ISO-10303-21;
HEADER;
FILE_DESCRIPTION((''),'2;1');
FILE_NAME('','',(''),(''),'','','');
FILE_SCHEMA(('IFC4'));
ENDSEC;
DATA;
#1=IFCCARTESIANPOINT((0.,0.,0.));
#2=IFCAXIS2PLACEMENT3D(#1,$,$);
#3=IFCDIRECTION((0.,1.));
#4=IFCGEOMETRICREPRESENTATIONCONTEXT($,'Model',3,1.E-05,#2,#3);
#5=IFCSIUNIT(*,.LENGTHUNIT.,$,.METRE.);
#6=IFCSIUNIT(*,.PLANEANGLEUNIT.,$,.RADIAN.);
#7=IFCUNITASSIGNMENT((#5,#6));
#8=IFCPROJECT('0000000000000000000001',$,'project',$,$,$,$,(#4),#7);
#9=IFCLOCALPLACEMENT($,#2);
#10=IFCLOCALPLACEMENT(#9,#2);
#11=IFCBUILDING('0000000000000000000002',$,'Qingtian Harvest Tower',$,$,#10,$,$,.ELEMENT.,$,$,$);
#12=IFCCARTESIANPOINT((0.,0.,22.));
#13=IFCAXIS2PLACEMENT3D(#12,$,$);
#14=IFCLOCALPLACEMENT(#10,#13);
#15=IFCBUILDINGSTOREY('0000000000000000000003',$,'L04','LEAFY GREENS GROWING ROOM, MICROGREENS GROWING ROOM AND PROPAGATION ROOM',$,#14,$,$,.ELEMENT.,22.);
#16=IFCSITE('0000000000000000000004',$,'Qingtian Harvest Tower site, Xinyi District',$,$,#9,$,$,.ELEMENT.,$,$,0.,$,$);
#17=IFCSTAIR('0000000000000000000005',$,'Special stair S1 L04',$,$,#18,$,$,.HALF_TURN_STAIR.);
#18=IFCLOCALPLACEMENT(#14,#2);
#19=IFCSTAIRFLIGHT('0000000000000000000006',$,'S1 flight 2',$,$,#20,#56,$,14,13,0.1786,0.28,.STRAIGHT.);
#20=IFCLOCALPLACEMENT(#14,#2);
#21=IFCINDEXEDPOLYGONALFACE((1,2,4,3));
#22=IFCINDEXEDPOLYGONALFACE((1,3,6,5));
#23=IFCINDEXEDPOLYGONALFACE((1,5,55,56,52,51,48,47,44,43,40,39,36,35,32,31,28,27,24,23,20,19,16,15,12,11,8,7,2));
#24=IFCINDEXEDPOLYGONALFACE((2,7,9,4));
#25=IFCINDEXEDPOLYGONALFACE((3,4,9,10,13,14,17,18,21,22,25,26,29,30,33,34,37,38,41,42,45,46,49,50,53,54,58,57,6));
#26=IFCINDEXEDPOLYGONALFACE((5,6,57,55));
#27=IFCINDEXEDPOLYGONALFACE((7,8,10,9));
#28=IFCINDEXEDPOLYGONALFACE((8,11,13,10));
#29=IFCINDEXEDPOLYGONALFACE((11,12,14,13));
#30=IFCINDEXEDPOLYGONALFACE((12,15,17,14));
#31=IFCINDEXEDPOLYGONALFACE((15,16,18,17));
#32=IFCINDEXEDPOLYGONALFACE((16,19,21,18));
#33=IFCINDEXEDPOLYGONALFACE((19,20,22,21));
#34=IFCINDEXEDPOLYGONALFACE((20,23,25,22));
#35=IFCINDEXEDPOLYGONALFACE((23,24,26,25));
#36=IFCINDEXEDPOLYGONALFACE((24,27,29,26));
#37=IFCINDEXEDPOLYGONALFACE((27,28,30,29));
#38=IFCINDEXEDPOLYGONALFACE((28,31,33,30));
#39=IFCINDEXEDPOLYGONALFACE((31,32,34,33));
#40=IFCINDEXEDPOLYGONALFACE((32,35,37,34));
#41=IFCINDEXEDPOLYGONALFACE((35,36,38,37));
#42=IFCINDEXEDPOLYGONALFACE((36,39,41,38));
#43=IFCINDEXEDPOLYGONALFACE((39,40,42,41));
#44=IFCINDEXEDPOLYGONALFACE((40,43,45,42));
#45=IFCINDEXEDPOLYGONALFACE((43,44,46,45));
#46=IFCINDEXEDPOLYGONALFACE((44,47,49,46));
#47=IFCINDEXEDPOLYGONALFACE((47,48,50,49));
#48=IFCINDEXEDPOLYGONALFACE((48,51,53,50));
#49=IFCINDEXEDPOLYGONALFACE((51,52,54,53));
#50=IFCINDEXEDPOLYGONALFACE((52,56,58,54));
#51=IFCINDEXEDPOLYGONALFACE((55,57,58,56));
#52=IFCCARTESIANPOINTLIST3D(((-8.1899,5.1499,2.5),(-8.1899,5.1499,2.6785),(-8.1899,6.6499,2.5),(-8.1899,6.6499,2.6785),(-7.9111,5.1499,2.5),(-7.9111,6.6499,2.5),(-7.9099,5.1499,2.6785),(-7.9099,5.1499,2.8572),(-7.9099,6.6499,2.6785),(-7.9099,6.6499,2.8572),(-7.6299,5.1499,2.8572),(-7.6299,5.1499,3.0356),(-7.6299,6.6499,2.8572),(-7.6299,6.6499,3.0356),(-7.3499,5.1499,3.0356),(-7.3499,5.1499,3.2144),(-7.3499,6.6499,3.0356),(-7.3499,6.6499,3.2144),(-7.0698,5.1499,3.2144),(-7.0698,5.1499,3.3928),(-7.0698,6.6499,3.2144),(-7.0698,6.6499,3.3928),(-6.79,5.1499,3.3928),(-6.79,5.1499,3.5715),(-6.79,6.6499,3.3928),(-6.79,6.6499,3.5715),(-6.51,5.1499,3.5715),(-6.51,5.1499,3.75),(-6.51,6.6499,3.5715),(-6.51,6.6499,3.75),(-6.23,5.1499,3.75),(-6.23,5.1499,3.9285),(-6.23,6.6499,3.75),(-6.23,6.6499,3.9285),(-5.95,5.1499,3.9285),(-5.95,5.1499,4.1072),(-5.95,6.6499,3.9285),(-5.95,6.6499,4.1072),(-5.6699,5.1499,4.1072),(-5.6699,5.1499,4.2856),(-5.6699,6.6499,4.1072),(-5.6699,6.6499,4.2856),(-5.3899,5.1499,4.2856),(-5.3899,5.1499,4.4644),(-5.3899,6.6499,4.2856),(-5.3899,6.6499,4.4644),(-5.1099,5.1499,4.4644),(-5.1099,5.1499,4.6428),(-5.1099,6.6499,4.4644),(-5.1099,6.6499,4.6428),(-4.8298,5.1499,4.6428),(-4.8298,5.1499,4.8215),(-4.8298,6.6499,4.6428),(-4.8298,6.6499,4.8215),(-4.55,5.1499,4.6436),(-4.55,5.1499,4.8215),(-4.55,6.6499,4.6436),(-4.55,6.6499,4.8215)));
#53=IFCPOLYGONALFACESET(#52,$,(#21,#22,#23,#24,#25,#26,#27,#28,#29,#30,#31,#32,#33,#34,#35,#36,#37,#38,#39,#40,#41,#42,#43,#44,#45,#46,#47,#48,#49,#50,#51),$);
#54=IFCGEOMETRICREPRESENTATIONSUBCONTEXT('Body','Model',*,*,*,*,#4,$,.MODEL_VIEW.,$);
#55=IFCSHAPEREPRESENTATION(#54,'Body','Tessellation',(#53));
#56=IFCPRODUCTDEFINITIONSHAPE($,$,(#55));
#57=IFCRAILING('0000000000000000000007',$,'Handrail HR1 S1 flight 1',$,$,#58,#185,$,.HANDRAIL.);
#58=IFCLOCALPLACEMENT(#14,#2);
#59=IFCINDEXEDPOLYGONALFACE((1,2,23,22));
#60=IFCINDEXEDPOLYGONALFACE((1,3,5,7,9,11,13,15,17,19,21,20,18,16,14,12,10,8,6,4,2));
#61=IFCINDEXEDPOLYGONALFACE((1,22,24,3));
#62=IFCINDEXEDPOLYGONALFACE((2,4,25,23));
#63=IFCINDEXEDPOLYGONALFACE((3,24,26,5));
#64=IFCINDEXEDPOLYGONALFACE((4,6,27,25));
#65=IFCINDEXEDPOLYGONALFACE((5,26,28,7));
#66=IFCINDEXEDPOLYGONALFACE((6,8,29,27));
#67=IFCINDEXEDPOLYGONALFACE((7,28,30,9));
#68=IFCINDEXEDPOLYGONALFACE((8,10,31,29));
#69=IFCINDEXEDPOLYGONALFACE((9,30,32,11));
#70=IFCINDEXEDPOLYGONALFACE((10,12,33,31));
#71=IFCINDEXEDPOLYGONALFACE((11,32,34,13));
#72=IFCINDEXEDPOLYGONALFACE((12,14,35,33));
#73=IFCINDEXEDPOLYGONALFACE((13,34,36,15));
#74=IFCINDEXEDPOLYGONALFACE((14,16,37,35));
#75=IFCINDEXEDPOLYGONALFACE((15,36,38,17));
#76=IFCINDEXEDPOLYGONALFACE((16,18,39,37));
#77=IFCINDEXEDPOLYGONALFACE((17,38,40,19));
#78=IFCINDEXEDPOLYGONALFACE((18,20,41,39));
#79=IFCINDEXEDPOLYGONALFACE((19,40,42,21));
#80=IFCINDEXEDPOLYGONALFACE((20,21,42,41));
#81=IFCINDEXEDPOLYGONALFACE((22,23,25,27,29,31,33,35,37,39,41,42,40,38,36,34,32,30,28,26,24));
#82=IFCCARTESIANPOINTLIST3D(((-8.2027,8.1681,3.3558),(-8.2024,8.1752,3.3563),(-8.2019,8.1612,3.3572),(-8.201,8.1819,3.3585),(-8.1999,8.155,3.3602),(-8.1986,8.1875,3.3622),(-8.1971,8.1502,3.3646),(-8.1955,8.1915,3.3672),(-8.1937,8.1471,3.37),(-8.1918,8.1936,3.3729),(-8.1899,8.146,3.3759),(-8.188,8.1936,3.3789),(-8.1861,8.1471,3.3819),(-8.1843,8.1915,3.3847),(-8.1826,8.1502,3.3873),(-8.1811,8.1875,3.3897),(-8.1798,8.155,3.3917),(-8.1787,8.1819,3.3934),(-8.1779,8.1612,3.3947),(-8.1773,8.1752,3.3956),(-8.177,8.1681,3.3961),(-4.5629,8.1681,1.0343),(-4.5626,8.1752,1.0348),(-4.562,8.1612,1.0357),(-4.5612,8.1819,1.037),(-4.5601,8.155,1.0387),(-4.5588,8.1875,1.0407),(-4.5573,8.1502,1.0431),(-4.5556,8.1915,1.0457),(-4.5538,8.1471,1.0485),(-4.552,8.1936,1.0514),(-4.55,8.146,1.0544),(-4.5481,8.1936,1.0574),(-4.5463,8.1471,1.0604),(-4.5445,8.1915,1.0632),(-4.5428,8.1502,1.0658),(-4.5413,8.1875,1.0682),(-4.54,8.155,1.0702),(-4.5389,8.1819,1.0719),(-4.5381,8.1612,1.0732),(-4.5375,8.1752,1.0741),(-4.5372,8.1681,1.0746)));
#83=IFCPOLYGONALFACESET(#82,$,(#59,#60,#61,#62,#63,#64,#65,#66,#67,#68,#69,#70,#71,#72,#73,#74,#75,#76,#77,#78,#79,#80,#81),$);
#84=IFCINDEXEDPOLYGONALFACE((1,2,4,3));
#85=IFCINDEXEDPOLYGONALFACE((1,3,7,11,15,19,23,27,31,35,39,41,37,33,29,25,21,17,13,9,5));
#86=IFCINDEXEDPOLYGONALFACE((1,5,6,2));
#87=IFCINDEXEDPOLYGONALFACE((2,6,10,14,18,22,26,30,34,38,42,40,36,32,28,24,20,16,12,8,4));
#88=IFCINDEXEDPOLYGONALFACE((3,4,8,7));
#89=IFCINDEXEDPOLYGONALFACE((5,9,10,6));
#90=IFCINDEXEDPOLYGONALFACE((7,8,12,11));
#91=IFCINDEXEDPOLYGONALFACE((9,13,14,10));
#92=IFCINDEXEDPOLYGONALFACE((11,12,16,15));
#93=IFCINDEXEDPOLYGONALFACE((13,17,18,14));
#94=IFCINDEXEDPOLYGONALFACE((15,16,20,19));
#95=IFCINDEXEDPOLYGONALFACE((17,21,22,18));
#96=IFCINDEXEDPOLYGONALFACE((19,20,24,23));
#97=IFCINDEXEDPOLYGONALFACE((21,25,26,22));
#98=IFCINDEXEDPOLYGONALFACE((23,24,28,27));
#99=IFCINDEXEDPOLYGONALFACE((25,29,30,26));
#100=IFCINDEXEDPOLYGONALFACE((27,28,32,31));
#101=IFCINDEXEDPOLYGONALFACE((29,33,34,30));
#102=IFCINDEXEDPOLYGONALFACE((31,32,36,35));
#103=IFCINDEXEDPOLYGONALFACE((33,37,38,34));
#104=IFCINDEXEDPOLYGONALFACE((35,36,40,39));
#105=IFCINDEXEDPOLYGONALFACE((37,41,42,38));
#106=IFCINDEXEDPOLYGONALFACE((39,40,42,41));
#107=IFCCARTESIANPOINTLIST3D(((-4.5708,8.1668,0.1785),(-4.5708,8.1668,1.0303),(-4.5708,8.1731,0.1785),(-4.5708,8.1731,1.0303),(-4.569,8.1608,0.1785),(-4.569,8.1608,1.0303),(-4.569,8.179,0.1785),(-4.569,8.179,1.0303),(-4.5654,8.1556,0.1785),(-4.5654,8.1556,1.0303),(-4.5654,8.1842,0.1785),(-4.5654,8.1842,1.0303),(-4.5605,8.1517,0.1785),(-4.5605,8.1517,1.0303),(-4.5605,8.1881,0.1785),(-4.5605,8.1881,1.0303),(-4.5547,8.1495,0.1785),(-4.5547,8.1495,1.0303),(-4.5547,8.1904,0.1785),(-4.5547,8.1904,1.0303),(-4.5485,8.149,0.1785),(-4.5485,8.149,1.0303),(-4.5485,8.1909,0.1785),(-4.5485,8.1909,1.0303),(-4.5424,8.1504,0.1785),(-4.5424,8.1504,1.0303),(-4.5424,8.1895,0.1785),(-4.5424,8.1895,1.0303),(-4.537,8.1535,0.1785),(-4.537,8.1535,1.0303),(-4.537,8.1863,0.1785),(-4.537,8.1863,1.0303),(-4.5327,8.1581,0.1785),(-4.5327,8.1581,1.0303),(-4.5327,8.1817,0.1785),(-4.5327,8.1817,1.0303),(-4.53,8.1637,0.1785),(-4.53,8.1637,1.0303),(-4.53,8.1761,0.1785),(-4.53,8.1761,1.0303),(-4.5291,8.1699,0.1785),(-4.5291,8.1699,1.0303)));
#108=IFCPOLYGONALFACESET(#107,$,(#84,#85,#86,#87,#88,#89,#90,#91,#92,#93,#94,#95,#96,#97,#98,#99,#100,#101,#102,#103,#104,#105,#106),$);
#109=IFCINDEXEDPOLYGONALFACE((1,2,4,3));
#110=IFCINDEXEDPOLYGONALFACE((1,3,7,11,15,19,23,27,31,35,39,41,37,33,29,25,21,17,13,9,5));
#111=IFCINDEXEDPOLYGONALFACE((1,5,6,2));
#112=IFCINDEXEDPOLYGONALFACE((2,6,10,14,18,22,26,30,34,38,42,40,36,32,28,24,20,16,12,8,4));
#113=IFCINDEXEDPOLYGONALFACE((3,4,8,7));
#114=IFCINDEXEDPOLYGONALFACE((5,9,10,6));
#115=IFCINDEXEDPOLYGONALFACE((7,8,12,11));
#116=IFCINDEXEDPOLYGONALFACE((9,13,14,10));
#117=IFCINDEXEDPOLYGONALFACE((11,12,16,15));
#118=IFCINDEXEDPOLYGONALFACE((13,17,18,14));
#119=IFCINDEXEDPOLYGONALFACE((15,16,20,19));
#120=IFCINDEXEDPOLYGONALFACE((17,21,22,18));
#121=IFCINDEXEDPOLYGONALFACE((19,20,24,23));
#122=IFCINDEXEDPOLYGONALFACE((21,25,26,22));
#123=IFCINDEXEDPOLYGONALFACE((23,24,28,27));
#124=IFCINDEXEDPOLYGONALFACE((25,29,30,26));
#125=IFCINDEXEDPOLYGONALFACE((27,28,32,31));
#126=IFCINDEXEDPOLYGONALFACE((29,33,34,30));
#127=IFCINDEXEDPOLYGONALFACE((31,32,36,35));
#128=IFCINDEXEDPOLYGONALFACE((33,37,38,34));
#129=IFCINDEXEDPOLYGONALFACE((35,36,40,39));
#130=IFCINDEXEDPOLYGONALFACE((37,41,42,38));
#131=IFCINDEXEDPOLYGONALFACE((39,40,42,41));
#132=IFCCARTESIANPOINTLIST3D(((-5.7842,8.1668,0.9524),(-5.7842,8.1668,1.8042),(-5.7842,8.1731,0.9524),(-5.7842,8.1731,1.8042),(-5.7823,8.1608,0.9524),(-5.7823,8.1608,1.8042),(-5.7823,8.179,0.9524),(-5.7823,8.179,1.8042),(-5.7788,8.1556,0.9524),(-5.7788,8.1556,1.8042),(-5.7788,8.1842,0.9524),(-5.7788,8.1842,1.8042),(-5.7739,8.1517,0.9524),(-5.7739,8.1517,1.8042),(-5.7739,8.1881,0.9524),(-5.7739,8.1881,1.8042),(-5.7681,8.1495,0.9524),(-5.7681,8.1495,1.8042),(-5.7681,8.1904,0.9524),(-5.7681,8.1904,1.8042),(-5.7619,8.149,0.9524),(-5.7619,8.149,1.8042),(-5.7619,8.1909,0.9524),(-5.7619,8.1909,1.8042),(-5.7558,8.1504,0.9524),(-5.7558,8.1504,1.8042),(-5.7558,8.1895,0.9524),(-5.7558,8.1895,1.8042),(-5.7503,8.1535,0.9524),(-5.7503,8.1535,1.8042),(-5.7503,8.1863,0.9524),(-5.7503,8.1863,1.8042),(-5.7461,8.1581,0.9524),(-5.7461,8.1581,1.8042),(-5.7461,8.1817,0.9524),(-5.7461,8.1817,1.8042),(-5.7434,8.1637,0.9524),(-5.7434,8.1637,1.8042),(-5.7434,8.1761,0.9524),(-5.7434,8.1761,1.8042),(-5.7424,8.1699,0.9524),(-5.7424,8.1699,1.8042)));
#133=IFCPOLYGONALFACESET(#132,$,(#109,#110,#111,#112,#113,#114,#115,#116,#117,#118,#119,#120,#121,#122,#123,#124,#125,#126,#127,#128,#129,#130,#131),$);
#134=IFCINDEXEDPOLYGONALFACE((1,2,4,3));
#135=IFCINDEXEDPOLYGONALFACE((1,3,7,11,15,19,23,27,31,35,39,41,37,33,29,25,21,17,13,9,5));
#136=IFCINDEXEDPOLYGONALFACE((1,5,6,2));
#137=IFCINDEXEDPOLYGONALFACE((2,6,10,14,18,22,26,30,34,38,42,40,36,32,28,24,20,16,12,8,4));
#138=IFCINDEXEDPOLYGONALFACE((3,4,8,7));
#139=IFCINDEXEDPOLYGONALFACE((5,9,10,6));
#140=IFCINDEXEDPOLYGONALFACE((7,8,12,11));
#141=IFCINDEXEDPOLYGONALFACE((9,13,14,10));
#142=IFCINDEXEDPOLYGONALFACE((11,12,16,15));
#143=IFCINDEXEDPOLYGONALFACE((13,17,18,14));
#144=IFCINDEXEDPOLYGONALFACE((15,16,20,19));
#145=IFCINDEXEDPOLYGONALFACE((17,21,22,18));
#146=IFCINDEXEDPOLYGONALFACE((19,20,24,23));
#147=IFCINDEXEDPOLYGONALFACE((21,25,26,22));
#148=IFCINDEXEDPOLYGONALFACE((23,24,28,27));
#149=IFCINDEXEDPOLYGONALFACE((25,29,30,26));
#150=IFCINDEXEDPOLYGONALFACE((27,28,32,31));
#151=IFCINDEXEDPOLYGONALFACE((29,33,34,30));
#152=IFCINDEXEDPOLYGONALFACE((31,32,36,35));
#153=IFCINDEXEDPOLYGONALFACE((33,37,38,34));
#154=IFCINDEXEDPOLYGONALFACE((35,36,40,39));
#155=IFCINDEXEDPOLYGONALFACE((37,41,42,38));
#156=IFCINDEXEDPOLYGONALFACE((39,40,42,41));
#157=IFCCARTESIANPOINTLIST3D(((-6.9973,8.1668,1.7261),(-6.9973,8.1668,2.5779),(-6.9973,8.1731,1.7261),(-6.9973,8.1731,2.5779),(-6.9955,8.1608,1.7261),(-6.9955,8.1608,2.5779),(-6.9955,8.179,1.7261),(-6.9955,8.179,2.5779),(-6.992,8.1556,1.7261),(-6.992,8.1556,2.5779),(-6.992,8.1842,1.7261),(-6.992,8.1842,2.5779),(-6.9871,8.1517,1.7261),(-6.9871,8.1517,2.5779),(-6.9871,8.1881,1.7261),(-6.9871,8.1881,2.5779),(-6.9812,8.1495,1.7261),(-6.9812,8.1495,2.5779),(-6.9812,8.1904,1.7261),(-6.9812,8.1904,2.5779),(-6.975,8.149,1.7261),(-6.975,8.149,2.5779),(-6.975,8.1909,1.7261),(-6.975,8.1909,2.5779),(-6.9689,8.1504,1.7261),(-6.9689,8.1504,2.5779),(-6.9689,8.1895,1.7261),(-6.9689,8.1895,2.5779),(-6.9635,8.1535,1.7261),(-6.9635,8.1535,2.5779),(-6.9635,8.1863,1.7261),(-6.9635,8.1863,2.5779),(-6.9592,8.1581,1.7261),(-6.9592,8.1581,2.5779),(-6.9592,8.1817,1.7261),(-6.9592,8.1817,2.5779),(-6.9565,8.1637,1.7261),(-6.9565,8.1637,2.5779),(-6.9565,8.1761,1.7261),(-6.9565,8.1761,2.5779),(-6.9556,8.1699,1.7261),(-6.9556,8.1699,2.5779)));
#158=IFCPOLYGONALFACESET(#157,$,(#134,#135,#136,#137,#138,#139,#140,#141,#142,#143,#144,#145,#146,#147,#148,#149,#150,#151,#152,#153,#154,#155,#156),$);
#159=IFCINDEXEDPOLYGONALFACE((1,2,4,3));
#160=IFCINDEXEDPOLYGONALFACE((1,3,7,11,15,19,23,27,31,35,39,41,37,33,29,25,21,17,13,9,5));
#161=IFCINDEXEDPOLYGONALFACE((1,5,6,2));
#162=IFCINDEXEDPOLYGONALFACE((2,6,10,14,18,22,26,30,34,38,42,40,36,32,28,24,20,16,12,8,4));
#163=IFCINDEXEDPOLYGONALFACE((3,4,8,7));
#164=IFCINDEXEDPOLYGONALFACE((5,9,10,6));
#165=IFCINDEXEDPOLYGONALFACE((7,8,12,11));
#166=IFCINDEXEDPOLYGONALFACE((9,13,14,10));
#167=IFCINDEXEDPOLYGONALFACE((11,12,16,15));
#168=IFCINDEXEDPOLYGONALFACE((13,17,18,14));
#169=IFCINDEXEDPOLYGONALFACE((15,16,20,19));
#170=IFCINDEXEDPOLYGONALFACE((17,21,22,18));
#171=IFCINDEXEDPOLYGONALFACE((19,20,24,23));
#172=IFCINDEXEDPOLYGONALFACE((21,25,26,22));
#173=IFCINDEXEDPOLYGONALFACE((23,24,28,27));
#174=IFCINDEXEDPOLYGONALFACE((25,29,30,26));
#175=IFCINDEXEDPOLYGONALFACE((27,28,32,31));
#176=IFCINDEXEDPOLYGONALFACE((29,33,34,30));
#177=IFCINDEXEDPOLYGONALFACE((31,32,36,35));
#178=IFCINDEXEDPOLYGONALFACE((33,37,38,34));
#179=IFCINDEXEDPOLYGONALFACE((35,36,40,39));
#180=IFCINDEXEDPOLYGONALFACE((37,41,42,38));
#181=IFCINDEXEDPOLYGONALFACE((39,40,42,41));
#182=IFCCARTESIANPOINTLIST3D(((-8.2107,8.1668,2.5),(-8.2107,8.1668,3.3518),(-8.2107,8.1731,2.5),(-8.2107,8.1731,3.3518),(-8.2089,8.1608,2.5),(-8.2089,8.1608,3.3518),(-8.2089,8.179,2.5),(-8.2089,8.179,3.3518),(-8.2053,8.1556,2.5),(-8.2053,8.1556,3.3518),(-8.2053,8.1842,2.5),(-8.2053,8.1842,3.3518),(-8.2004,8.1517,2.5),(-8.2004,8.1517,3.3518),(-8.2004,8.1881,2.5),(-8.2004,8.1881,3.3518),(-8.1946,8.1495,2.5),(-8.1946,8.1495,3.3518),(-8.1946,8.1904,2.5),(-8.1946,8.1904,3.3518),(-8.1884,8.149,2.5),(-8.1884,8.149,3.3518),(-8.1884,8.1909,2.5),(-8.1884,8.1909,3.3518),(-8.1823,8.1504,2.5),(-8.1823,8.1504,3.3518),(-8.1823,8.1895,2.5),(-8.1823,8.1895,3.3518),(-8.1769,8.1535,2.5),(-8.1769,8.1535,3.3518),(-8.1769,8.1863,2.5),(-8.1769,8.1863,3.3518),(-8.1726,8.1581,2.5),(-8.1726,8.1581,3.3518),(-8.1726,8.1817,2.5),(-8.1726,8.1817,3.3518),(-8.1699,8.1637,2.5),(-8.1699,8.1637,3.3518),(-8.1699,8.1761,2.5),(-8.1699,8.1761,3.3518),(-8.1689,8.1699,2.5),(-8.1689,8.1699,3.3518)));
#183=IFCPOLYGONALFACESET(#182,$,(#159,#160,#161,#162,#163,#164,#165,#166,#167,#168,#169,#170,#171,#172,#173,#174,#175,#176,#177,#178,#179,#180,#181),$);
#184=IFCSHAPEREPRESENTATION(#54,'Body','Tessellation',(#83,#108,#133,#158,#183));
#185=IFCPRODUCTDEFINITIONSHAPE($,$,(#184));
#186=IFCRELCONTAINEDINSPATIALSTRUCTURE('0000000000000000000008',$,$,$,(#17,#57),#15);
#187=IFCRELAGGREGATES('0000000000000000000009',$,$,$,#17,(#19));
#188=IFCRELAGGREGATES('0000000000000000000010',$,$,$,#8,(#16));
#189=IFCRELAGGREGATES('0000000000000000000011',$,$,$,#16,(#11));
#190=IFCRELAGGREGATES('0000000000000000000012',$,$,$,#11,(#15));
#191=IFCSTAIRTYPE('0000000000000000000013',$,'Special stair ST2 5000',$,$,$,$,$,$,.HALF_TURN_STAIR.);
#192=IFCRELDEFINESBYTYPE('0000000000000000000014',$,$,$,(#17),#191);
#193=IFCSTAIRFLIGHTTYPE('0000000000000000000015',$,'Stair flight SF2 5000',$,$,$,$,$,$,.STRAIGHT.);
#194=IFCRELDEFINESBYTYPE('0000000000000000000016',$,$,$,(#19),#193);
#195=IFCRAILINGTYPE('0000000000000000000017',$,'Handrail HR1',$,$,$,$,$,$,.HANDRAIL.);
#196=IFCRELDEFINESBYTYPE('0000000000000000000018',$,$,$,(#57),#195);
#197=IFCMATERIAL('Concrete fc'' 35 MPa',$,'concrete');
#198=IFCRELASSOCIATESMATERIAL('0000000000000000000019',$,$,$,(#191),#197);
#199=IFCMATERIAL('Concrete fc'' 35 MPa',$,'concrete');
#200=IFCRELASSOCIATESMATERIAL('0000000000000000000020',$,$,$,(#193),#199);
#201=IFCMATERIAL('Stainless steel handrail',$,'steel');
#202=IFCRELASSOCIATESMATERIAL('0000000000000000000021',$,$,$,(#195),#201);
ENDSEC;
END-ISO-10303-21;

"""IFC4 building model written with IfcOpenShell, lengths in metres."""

from ifc_helpers import new_model, si_unit, direction, frame, origin, origin_2d, place, context, subcontext, project, spatial, polyline, circle, outline, extrude, material, type_object, element, aggregate, save


model = new_model("IFC4")

# Units and contexts
model_context = context("Model", 3, precision=1e-05, world=origin(), true_north=direction((0.0, 1.0)))
body_context = subcontext(model_context, "Body", "Model", "MODEL_VIEW")
ifc_project = project(units=[si_unit("LENGTHUNIT", "METRE"), si_unit("PLANEANGLEUNIT", "RADIAN")], contexts=[model_context])

# Site, building, storey
site_placement = place(None, origin())
site = spatial("IfcSite", under=ifc_project, at=site_placement, Name="Qingtian Harvest Tower site, Xinyi District", CompositionType="ELEMENT", RefElevation=0.0)
building_placement = place(site_placement, origin())
building = spatial("IfcBuilding", under=site, at=building_placement, Name="Qingtian Harvest Tower", CompositionType="ELEMENT")
storey_placement = place(building_placement, frame((0.0, 0.0, 22.0)))
storey = spatial("IfcBuildingStorey", under=building, at=storey_placement, Name="L04", Description="LEAFY GREENS GROWING ROOM, MICROGREENS GROWING ROOM AND PROPAGATION ROOM", CompositionType="ELEMENT", Elevation=22.0)

# Stair, stair flight
ifc_material_1 = material(Name="Concrete fc' 35 MPa", Category="concrete")
stair_type = type_object("IfcStairType", Name="Special stair ST2 5000", PredefinedType="HALF_TURN_STAIR", material=ifc_material_1)
stair_placement = place(storey_placement, origin())
stair = element("IfcStair", 1, at=stair_placement, inside=storey, type_object=stair_type, Name="Special stair S1 L04", PredefinedType="HALF_TURN_STAIR")
ifc_material_2 = material(Name="Concrete fc' 35 MPa", Category="concrete")
stair_flight_type = type_object("IfcStairFlightType", Name="Stair flight SF2 5000", PredefinedType="STRAIGHT", material=ifc_material_2)
stair_flight_1_placement = place(storey_placement, frame((-8.1899, 5.8999, 2.5), z_axis=(0.0, 0.0, 1.0), x_axis=(1.0, 0.0, 0.0)))
stair_flight_1 = element("IfcStairFlight", 2, at=stair_flight_1_placement, type_object=stair_flight_type, Name="S1 flight 2", NumberOfRisers=14, NumberOfTreads=13, PredefinedType="STRAIGHT", RiserHeight=0.1786, TreadLength=0.28, context=body_context, shape_type="SweptSolid", body=[
    extrude(outline(polyline([(0.0, 0.0), (0.0, 0.1785), (0.28, 0.1785), (0.28, 0.3572), (0.5601, 0.3572), (0.5601, 0.5356), (0.8401, 0.5356), (0.8401, 0.7144), (1.1201, 0.7144), (1.1201, 0.8928), (1.3999, 0.8928), (1.3999, 1.0715), (1.6799, 1.0715), (1.6799, 1.25), (1.96, 1.25), (1.96, 1.4285), (2.24, 1.4285), (2.24, 1.6072), (2.52, 1.6072), (2.52, 1.7856), (2.8, 1.7856), (2.8, 1.9644), (3.0801, 1.9644), (3.0801, 2.1428), (3.3601, 2.1428), (3.3601, 2.3215), (3.6399, 2.3215), (3.6399, 2.5), (3.6399, 2.1436), (0.2788, 0.0), (0.0, 0.0)])), frame((0.0, 0.75, 0.0), z_axis=(0.0, -1.0, 0.0), x_axis=(1.0, 0.0, 0.0)), (0.0, 0.0, 1.0), 1.5),
])
aggregate(stair, [stair_flight_1])

# Railing
ifc_material_3 = material(Name="Stainless steel handrail", Category="steel")
railing_type = type_object("IfcRailingType", Name="Handrail HR1", PredefinedType="HANDRAIL", material=ifc_material_3)
railing_1_placement = place(storey_placement, frame((-4.55, 8.1699, 0.1785)))
element("IfcRailing", 3, at=railing_1_placement, inside=storey, type_object=railing_type, Name="Handrail HR1 S1 flight 1", PredefinedType="HANDRAIL", context=body_context, shape_type="SweptSolid", body=[
    extrude(circle(Radius=0.0239, at=origin_2d()), frame((0.0, 0.0, 0.876), z_axis=(-0.843112, 0.0, 0.537739), x_axis=(0.0, -1.0, 0.0)), (0.0, 0.0, 1.0), 4.3171),
    extrude(circle(Radius=0.021, at=origin_2d()), origin(), (0.0, 0.0, 1.0), 0.8518),
    extrude(circle(Radius=0.021, at=origin_2d()), frame((-1.2134, 0.0, 0.7739)), (0.0, 0.0, 1.0), 0.8518),
    extrude(circle(Radius=0.021, at=origin_2d()), frame((-2.4265, 0.0, 1.5476)), (0.0, 0.0, 1.0), 0.8518),
    extrude(circle(Radius=0.021, at=origin_2d()), frame((-3.6399, 0.0, 2.3215)), (0.0, 0.0, 1.0), 0.8518),
])

save(model, "model.ifc")
